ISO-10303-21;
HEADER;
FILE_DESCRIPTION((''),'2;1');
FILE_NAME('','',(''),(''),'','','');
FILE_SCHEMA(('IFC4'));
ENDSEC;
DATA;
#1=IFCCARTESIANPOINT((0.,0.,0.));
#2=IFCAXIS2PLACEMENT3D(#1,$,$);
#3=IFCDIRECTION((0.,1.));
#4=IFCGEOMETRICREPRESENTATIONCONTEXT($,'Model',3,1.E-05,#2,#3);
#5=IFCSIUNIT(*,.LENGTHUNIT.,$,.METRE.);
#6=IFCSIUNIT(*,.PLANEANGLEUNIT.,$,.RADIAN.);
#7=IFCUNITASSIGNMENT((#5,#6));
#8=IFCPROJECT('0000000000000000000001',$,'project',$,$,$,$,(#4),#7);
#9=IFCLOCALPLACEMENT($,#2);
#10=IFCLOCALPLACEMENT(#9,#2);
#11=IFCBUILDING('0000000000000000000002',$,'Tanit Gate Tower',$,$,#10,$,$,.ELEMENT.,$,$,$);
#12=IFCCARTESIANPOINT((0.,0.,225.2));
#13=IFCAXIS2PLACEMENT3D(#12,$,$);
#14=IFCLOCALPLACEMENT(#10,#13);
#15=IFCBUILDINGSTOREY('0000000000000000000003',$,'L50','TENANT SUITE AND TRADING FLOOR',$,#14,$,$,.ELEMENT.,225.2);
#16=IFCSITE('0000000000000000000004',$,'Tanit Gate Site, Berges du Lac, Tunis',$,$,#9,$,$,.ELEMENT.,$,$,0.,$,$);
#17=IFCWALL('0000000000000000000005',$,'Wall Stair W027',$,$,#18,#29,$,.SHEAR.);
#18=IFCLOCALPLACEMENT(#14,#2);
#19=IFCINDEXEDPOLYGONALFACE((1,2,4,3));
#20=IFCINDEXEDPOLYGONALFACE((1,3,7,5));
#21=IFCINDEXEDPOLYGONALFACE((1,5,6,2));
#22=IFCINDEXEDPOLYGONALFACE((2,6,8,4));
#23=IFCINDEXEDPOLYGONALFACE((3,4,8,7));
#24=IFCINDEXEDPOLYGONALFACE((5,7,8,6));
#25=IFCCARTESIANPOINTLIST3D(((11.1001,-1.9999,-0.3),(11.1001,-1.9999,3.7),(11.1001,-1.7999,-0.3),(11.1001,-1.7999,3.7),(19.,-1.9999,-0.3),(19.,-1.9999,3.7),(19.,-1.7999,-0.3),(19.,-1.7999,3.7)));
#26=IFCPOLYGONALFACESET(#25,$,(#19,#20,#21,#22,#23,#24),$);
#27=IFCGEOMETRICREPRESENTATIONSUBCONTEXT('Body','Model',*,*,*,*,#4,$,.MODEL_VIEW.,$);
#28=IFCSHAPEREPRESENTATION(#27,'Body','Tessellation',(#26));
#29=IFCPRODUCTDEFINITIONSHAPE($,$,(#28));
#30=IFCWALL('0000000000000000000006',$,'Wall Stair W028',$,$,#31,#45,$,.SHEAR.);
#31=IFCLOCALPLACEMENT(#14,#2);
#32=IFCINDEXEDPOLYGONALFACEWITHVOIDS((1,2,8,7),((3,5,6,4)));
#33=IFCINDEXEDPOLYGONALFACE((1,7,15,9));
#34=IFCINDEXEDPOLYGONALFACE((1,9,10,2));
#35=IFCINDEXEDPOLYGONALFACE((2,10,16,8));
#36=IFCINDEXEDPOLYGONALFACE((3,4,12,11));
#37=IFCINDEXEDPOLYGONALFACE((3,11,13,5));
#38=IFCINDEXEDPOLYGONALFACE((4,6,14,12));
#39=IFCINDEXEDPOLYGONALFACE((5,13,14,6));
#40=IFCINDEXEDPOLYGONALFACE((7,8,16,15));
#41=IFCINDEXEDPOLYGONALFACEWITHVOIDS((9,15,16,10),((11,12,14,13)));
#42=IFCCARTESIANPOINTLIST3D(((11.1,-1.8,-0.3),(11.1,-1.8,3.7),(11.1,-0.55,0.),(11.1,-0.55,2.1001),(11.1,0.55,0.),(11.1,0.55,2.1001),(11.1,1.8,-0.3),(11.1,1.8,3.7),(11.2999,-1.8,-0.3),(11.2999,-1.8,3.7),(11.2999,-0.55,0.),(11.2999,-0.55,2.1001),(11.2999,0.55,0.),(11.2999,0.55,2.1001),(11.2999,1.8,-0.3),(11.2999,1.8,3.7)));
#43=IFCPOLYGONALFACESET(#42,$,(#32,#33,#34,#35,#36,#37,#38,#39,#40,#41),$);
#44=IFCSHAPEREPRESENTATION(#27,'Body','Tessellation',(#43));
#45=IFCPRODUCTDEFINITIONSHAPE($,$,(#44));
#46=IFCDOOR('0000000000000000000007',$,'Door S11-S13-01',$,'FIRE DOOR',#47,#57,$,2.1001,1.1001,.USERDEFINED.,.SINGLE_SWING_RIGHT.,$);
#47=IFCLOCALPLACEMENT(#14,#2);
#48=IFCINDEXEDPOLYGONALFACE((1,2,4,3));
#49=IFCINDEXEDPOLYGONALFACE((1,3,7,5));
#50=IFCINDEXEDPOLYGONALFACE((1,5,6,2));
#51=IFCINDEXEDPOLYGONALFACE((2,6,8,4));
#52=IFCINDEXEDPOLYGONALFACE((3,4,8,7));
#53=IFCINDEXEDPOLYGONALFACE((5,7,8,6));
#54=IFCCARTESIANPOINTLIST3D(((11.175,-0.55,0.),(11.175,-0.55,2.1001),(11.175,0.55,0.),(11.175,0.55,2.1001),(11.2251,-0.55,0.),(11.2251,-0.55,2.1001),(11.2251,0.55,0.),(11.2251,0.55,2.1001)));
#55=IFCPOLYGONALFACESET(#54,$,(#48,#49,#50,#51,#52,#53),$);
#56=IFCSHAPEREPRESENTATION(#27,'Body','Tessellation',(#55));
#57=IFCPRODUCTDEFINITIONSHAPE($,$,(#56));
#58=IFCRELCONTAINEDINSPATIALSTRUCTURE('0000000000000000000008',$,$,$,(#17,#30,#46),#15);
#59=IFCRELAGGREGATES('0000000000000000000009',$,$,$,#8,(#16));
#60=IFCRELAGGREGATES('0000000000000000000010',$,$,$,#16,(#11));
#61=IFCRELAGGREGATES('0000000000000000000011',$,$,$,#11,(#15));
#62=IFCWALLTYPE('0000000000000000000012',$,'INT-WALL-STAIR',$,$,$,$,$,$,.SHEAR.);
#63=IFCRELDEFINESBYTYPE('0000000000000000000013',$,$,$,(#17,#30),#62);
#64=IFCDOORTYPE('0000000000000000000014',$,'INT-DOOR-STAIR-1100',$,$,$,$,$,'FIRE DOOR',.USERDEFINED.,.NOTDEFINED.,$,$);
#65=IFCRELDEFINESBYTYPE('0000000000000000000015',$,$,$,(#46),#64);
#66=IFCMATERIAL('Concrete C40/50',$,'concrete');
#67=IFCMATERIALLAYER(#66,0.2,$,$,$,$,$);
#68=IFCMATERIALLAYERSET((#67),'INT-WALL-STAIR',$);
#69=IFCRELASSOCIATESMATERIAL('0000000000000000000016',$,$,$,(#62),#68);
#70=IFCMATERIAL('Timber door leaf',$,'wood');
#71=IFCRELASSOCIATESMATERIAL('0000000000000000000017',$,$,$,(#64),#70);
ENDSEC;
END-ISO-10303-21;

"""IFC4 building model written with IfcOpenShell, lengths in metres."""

from ifc_helpers import new_model, si_unit, direction, frame, frame_2d, origin, place, context, subcontext, project, spatial, rectangle, extrude, material, layer, layer_set, type_object, element, fill, save


model = new_model("IFC4")

# Units and contexts
model_context = context("Model", 3, precision=1e-05, world=origin(), true_north=direction((0.0, 1.0)))
body_context = subcontext(model_context, "Body", "Model", "MODEL_VIEW")
ifc_project = project(units=[si_unit("LENGTHUNIT", "METRE"), si_unit("PLANEANGLEUNIT", "RADIAN")], contexts=[model_context])

# Site, building, storey
site_placement = place(None, origin())
site = spatial("IfcSite", under=ifc_project, at=site_placement, Name="Tanit Gate Site, Berges du Lac, Tunis", CompositionType="ELEMENT", RefElevation=0.0)
building_placement = place(site_placement, origin())
building = spatial("IfcBuilding", under=site, at=building_placement, Name="Tanit Gate Tower", CompositionType="ELEMENT")
storey_placement = place(building_placement, frame((0.0, 0.0, 225.2)))
storey = spatial("IfcBuildingStorey", under=building, at=storey_placement, Name="L50", Description="TENANT SUITE AND TRADING FLOOR", CompositionType="ELEMENT", Elevation=225.2)

# Wall
ifc_material_1 = material(Name="Concrete C40/50", Category="concrete")
ifc_layer_1 = layer(ifc_material_1, 0.2)
ifc_layer_set_1 = layer_set([ifc_layer_1], Name="INT-WALL-STAIR")
wall_type_1 = type_object("IfcWallType", Name="INT-WALL-STAIR", PredefinedType="SHEAR", material=ifc_layer_set_1)
wall_1_placement = place(storey_placement, frame((11.1001, -1.8999, -0.3), z_axis=(0.0, 0.0, 1.0), x_axis=(1.0, 0.0, 0.0)))
element("IfcWall", 1, at=wall_1_placement, inside=storey, type_object=wall_type_1, Name="Wall Stair W027", PredefinedType="SHEAR", context=body_context, shape_type="SweptSolid", body=[
    extrude(rectangle(XDim=7.8999, YDim=0.2, at=frame_2d((3.95, 0.0))), origin(), (0.0, 0.0, 1.0), 4.0),
])

# Wall, opening, door
wall_2_placement = place(storey_placement, frame((11.2, -1.8, -0.3), z_axis=(0.0, 0.0, 1.0), x_axis=(0.0, 1.0, 0.0)))
wall_2 = element("IfcWall", 2, at=wall_2_placement, inside=storey, type_object=wall_type_1, Name="Wall Stair W028", PredefinedType="SHEAR", context=body_context, shape_type="SweptSolid", body=[
    extrude(rectangle(XDim=3.6001, YDim=0.2, at=frame_2d((1.8, 0.0))), origin(), (0.0, 0.0, 1.0), 4.0),
])
opening_1_placement = place(wall_2_placement, frame((1.25, 0.0, 0.3)))
opening_1 = element("IfcOpeningElement", 3, at=opening_1_placement, cuts=wall_2, PredefinedType="OPENING", context=body_context, shape_type="SweptSolid", body=[
    extrude(rectangle(XDim=1.1001, YDim=2.1001, at=frame_2d((0.55, 1.05))), frame((0.0, 0.1099, 0.0), z_axis=(0.0, -1.0, 0.0), x_axis=(1.0, 0.0, 0.0)), (0.0, 0.0, 1.0), 0.22),
])
ifc_material_2 = material(Name="Timber door leaf", Category="wood")
door_type_1 = type_object("IfcDoorType", Name="INT-DOOR-STAIR-1100", ElementType="FIRE DOOR", OperationType="NOTDEFINED", PredefinedType="USERDEFINED", material=ifc_material_2)
door_1_placement = place(opening_1_placement, origin())
door_1 = element("IfcDoor", 4, at=door_1_placement, inside=storey, type_object=door_type_1, Name="Door S11-S13-01", ObjectType="FIRE DOOR", OperationType="SINGLE_SWING_RIGHT", OverallHeight=2.1001, OverallWidth=1.1001, PredefinedType="USERDEFINED", context=body_context, shape_type="SweptSolid", body=[
    extrude(rectangle(XDim=1.1001, YDim=2.1001, at=frame_2d((0.55, 1.05))), frame((0.0, 0.0249, 0.0), z_axis=(0.0, -1.0, 0.0), x_axis=(1.0, 0.0, 0.0)), (0.0, 0.0, 1.0), 0.05),
])
fill(opening_1, door_1)

save(model, "model.ifc")
